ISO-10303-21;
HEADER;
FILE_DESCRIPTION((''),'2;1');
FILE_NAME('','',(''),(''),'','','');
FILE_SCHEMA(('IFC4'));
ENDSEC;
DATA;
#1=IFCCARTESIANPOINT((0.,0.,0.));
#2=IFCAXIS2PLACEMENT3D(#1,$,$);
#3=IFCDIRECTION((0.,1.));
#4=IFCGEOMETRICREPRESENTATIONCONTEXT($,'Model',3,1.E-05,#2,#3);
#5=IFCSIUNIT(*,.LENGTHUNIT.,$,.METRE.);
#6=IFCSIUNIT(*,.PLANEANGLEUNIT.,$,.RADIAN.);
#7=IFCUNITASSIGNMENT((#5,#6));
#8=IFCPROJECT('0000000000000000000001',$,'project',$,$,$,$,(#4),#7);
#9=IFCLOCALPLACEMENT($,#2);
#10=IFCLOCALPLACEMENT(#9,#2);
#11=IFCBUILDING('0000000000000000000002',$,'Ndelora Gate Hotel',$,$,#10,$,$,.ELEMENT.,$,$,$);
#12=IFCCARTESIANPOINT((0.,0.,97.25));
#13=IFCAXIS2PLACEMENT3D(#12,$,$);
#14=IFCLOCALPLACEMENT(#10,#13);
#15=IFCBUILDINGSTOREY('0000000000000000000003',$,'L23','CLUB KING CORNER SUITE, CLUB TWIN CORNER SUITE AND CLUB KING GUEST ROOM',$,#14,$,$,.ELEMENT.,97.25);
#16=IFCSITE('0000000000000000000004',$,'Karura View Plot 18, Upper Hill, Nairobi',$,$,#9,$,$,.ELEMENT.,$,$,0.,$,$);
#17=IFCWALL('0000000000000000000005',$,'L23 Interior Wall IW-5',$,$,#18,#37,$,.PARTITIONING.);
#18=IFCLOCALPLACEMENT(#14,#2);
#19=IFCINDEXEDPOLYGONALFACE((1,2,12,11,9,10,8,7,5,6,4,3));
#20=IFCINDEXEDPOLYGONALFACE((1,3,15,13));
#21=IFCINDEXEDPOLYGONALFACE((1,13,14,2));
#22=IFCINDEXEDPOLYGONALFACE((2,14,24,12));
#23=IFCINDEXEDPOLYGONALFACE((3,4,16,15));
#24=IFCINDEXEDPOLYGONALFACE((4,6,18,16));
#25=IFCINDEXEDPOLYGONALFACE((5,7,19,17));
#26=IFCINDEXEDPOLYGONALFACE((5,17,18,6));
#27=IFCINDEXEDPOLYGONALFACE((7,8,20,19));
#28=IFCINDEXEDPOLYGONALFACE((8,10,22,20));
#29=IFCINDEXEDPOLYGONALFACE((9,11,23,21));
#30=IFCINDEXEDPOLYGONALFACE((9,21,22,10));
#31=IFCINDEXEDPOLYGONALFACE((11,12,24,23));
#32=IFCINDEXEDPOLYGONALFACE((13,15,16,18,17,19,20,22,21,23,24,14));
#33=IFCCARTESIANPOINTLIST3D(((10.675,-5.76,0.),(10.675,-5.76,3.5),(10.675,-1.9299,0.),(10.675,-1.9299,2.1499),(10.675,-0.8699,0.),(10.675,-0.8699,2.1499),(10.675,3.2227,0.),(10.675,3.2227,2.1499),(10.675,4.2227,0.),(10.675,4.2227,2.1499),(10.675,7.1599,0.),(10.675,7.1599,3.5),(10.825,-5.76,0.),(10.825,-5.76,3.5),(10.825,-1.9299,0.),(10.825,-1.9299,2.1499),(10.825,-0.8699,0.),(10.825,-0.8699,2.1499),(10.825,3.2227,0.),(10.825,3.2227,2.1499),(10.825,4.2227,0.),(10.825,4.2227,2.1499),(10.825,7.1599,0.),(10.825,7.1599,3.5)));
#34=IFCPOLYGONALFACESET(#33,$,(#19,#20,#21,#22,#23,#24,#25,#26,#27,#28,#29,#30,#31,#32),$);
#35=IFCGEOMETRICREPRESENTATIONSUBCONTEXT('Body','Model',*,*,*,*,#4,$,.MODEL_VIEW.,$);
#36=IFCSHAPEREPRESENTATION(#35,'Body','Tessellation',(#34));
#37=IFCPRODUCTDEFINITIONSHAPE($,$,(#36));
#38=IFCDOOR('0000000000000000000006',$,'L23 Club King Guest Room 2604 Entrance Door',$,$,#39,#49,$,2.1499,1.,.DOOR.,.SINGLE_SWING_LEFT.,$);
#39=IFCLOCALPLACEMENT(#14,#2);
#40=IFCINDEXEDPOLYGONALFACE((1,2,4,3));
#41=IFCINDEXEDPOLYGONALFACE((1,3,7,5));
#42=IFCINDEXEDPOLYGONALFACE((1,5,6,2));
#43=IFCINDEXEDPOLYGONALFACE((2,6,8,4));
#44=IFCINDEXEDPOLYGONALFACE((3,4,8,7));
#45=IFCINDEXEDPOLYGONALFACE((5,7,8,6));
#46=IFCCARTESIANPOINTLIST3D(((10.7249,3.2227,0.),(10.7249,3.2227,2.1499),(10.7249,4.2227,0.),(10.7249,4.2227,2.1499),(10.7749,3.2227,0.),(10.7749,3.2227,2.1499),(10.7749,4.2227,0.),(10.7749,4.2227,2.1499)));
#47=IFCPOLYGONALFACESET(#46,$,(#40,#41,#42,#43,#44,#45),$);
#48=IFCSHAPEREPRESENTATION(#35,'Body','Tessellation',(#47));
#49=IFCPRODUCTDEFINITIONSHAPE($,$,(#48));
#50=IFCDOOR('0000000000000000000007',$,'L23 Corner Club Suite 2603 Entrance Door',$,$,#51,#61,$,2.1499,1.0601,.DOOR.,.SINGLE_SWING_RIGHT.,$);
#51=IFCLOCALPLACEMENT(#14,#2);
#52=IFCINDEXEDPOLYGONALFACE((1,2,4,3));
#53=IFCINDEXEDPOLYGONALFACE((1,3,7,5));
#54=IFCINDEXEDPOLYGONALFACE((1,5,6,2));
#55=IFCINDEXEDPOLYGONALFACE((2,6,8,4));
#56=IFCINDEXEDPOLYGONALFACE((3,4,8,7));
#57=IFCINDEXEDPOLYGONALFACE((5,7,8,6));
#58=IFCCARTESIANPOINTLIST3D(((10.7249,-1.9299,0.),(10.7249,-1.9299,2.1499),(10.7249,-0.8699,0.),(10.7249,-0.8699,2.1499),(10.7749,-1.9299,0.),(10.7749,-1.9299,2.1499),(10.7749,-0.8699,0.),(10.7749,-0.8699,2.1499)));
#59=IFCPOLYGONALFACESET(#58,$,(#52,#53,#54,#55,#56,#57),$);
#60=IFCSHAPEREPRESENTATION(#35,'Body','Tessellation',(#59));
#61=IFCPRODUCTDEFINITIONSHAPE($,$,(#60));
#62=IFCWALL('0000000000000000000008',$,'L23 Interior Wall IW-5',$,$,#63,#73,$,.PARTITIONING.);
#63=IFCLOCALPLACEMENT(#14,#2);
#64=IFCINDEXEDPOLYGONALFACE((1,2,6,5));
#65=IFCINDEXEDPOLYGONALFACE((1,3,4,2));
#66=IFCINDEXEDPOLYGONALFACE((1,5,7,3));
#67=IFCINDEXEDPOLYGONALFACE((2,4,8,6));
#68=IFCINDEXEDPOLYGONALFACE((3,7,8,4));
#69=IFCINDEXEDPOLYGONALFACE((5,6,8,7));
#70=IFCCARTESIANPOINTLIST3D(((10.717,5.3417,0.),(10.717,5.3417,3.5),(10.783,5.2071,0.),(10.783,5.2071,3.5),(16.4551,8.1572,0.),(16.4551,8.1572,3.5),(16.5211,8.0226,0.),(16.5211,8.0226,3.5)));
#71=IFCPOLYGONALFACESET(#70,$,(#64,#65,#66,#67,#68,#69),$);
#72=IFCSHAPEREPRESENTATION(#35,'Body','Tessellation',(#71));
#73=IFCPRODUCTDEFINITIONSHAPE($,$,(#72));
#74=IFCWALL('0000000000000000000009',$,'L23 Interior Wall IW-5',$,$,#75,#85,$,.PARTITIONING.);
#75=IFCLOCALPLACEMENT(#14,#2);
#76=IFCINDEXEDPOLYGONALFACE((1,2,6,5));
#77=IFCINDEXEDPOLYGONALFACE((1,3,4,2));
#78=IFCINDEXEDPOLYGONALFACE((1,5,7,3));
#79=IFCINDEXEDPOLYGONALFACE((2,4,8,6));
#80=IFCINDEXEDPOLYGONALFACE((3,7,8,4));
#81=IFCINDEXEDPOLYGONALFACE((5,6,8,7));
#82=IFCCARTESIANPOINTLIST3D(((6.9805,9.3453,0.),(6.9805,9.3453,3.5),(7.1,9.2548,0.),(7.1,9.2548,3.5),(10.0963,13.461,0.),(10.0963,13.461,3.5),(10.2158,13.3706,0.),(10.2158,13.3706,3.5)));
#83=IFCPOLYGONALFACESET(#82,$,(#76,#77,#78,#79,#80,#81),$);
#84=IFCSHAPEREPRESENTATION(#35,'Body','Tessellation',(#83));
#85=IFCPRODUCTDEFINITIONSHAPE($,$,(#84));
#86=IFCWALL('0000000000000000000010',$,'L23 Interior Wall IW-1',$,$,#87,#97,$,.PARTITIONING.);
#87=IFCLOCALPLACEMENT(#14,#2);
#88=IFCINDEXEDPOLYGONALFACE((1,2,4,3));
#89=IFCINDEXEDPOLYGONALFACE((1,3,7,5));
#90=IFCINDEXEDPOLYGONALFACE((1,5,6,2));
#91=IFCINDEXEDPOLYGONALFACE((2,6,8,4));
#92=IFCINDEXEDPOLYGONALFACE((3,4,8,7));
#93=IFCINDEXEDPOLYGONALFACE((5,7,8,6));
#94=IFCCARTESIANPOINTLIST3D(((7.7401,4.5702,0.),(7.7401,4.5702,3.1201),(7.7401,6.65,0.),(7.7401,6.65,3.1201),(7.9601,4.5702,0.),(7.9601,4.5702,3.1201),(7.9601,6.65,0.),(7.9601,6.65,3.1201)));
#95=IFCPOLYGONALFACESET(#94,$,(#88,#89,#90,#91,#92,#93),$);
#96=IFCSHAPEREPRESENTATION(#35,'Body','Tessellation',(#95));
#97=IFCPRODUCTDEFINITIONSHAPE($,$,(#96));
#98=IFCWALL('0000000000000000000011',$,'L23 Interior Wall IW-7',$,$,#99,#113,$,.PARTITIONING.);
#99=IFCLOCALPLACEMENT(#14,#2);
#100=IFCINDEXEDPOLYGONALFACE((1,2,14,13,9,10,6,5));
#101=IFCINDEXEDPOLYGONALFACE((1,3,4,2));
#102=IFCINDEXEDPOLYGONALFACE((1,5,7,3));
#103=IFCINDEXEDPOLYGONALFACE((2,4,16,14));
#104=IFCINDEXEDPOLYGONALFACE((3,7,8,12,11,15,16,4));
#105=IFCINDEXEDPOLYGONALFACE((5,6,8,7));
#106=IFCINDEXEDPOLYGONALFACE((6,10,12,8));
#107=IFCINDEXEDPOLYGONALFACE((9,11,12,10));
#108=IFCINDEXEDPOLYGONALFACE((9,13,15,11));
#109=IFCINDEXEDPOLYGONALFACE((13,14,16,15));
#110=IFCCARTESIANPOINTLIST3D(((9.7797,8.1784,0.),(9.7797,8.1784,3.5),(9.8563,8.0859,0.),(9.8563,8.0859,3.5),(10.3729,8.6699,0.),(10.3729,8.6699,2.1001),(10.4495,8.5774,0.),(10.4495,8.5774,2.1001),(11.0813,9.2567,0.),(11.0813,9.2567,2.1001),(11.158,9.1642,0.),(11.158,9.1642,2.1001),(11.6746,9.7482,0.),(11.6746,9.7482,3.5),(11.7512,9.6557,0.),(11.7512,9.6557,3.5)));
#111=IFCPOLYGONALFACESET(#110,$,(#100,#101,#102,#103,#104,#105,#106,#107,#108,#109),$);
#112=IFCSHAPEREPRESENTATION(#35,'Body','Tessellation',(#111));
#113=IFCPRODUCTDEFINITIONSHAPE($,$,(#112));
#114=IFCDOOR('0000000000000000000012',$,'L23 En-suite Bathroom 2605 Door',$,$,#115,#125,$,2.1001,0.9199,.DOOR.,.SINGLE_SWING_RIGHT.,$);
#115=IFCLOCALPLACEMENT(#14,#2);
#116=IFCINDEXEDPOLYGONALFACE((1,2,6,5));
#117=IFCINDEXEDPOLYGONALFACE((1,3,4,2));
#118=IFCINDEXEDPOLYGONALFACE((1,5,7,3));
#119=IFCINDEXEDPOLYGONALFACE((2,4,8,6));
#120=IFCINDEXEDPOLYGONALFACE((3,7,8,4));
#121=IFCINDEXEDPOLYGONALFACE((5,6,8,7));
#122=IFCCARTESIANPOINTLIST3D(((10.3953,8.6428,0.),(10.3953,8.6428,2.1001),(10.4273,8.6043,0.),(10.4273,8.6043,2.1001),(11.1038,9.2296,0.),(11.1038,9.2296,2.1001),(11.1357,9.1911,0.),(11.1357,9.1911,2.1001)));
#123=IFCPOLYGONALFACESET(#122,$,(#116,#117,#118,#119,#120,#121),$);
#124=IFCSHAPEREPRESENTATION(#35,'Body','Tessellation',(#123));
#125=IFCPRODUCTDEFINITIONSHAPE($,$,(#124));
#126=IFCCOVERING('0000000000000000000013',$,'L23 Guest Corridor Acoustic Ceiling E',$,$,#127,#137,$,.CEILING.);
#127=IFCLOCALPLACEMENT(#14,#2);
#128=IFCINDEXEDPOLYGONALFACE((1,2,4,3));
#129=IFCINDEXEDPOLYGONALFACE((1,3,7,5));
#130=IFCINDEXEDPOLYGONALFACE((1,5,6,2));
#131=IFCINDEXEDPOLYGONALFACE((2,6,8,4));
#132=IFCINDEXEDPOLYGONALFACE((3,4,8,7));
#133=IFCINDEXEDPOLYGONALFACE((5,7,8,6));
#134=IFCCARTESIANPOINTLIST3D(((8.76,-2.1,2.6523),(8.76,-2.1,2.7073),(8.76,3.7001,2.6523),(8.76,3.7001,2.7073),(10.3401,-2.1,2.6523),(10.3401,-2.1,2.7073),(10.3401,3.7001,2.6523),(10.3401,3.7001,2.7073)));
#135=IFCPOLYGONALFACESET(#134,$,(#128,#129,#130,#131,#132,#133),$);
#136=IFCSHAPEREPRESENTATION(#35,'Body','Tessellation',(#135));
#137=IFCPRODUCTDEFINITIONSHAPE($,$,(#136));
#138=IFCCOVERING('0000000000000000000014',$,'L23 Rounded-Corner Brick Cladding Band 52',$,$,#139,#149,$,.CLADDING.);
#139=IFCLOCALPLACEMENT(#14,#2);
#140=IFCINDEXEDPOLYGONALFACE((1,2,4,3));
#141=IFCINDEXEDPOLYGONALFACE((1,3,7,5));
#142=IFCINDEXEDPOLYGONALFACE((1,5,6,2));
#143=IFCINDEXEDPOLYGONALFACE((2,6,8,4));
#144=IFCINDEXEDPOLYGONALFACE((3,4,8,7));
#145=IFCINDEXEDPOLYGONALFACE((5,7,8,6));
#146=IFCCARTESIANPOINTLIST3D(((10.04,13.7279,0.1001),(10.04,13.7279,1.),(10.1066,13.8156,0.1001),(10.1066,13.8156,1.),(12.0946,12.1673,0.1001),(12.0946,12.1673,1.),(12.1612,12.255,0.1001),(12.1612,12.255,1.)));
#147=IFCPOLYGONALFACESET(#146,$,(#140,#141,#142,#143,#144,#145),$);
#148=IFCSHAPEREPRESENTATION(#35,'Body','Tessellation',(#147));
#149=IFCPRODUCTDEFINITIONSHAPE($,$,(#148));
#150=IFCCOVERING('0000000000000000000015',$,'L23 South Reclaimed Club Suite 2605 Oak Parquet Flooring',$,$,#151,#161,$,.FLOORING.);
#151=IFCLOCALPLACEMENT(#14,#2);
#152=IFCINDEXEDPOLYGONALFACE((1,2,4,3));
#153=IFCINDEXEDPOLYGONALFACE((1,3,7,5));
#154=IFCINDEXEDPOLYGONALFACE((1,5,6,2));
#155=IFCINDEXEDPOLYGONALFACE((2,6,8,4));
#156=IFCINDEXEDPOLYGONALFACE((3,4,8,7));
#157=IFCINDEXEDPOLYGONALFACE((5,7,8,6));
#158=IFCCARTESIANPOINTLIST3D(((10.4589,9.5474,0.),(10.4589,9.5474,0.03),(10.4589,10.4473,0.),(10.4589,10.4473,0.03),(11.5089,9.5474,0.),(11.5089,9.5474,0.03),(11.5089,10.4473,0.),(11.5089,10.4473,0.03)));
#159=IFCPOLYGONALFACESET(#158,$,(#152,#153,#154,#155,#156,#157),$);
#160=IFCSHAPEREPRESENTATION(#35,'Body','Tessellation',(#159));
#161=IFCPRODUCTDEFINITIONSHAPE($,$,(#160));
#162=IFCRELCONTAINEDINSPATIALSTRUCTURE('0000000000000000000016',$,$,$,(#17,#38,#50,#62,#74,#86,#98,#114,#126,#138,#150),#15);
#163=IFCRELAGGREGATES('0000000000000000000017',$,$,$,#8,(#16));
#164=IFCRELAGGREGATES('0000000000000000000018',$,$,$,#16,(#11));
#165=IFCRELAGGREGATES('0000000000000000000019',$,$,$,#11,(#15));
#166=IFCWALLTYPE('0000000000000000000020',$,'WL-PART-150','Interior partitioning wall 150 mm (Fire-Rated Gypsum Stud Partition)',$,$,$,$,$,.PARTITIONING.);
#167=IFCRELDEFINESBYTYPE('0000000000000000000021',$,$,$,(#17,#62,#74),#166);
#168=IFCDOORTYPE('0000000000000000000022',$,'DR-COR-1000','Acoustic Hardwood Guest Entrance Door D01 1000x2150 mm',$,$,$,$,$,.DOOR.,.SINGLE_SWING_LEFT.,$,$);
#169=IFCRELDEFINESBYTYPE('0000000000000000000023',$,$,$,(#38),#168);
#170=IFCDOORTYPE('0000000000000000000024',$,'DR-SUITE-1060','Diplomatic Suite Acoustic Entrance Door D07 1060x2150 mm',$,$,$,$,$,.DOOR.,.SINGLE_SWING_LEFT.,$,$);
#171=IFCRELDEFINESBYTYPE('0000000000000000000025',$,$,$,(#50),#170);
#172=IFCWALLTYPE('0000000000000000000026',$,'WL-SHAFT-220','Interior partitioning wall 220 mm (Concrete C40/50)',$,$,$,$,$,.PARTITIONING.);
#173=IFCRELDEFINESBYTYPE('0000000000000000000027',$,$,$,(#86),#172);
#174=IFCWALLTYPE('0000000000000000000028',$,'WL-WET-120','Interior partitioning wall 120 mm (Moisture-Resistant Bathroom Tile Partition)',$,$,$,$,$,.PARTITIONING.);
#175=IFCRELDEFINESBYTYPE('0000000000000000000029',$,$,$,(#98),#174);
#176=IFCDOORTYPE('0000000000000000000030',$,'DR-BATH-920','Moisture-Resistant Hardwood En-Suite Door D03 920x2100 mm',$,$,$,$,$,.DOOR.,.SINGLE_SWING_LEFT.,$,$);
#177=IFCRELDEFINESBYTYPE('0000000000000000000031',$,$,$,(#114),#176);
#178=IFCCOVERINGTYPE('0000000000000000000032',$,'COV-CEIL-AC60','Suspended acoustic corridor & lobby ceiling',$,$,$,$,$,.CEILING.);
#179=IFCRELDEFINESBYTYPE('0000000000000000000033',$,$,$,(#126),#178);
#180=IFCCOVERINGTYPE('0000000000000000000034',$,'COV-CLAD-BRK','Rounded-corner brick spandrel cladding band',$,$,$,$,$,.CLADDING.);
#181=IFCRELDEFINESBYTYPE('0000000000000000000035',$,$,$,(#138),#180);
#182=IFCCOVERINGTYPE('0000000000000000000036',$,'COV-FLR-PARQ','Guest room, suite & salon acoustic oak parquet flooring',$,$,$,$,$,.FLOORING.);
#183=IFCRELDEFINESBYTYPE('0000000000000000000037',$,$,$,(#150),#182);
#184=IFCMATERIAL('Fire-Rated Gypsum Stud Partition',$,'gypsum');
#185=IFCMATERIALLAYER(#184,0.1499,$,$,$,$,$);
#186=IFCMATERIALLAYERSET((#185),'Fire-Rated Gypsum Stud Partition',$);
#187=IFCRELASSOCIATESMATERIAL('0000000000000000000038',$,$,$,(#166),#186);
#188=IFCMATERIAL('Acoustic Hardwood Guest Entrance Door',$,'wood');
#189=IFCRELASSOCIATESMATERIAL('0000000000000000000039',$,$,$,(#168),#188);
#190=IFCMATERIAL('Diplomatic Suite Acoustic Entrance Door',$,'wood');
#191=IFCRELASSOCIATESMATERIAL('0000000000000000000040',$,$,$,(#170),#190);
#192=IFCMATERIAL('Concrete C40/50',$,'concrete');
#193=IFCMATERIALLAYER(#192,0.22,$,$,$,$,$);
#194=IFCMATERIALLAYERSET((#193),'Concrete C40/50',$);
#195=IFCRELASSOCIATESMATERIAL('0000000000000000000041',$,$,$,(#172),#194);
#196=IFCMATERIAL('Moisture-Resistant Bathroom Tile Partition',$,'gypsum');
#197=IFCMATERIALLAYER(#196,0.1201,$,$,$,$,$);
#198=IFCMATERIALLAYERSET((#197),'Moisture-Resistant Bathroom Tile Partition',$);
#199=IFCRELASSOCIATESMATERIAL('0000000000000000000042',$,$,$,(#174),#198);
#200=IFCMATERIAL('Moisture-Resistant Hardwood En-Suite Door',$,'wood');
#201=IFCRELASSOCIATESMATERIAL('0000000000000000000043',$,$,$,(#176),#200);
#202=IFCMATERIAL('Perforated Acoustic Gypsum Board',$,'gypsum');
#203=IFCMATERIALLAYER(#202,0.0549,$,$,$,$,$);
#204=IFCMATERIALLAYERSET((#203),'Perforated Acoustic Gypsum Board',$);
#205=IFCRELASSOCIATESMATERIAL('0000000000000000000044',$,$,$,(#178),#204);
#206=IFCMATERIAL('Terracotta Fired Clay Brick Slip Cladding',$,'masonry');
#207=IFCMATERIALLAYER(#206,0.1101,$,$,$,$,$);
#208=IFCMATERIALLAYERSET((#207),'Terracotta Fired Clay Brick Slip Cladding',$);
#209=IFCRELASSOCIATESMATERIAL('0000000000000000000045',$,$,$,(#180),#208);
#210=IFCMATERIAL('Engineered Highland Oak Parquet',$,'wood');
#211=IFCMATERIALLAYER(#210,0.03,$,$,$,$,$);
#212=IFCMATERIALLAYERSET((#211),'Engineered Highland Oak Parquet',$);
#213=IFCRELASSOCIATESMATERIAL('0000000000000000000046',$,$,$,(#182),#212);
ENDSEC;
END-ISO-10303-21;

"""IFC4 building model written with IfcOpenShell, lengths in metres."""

from ifc_helpers import new_model, si_unit, direction, frame, frame_2d, origin, origin_2d, place, context, subcontext, project, spatial, rectangle, extrude, material, layer, layer_set, type_object, element, fill, save


model = new_model("IFC4")

# Units and contexts
model_context = context("Model", 3, precision=1e-05, world=origin(), true_north=direction((0.0, 1.0)))
body_context = subcontext(model_context, "Body", "Model", "MODEL_VIEW")
ifc_project = project(units=[si_unit("LENGTHUNIT", "METRE"), si_unit("PLANEANGLEUNIT", "RADIAN")], contexts=[model_context])

# Site, building, storey
site_placement = place(None, origin())
site = spatial("IfcSite", under=ifc_project, at=site_placement, Name="Karura View Plot 18, Upper Hill, Nairobi", CompositionType="ELEMENT", RefElevation=0.0)
building_placement = place(site_placement, origin())
building = spatial("IfcBuilding", under=site, at=building_placement, Name="Ndelora Gate Hotel", CompositionType="ELEMENT")
storey_placement = place(building_placement, frame((0.0, 0.0, 97.25)))
storey = spatial("IfcBuildingStorey", under=building, at=storey_placement, Name="L23", Description="CLUB KING CORNER SUITE, CLUB TWIN CORNER SUITE AND CLUB KING GUEST ROOM", CompositionType="ELEMENT", Elevation=97.25)

# Shared definitions
ifc_material_1 = material(Name="Concrete C40/50", Category="concrete")

# Wall, openings, doors
ifc_material_2 = material(Name="Fire-Rated Gypsum Stud Partition", Category="gypsum")
ifc_layer_1 = layer(ifc_material_2, 0.1499)
ifc_layer_set_1 = layer_set([ifc_layer_1], Name="Fire-Rated Gypsum Stud Partition")
wall_type_1 = type_object("IfcWallType", Name="WL-PART-150", Description="Interior partitioning wall 150 mm (Fire-Rated Gypsum Stud Partition)", PredefinedType="PARTITIONING", material=ifc_layer_set_1)
wall_1_placement = place(storey_placement, frame((10.75, 7.1599, 0.0), z_axis=(0.0, 0.0, 1.0), x_axis=(0.0, -1.0, 0.0)))
wall_1 = element("IfcWall", 1, at=wall_1_placement, inside=storey, type_object=wall_type_1, Name="L23 Interior Wall IW-5", PredefinedType="PARTITIONING", context=body_context, shape_type="SweptSolid", body=[
    extrude(rectangle(XDim=12.9199, YDim=0.1499, at=frame_2d((6.46, 0.0))), origin(), (0.0, 0.0, 1.0), 3.5),
])
opening_1_placement = place(wall_1_placement, frame((2.9373, 0.0, 0.0)))
opening_1 = element("IfcOpeningElement", 2, at=opening_1_placement, cuts=wall_1, PredefinedType="OPENING", context=body_context, shape_type="SweptSolid", body=[
    extrude(rectangle(XDim=1.0, YDim=2.1499, at=frame_2d((0.5, 1.075))), frame((0.0, 0.085, 0.0), z_axis=(0.0, -1.0, 0.0), x_axis=(1.0, 0.0, 0.0)), (0.0, 0.0, 1.0), 0.1699),
])
opening_2_placement = place(wall_1_placement, frame((8.0298, 0.0, 0.0)))
opening_2 = element("IfcOpeningElement", 3, at=opening_2_placement, cuts=wall_1, PredefinedType="OPENING", context=body_context, shape_type="SweptSolid", body=[
    extrude(rectangle(XDim=1.0601, YDim=2.1499, at=frame_2d((0.53, 1.075))), frame((0.0, 0.085, 0.0), z_axis=(0.0, -1.0, 0.0), x_axis=(1.0, 0.0, 0.0)), (0.0, 0.0, 1.0), 0.1699),
])
ifc_material_3 = material(Name="Acoustic Hardwood Guest Entrance Door", Category="wood")
door_type_1 = type_object("IfcDoorType", Name="DR-COR-1000", Description="Acoustic Hardwood Guest Entrance Door D01 1000x2150 mm", OperationType="SINGLE_SWING_LEFT", PredefinedType="DOOR", material=ifc_material_3)
door_1_placement = place(opening_1_placement, origin())
door_1 = element("IfcDoor", 4, at=door_1_placement, inside=storey, type_object=door_type_1, Name="L23 Club King Guest Room 2604 Entrance Door", OperationType="SINGLE_SWING_LEFT", OverallHeight=2.1499, OverallWidth=1.0, PredefinedType="DOOR", context=body_context, shape_type="SweptSolid", body=[
    extrude(rectangle(XDim=1.0, YDim=2.1499, at=frame_2d((0.5, 1.075))), frame((0.0, 0.0249, 0.0), z_axis=(0.0, -1.0, 0.0), x_axis=(1.0, 0.0, 0.0)), (0.0, 0.0, 1.0), 0.05),
])
fill(opening_1, door_1)
ifc_material_4 = material(Name="Diplomatic Suite Acoustic Entrance Door", Category="wood")
door_type_2 = type_object("IfcDoorType", Name="DR-SUITE-1060", Description="Diplomatic Suite Acoustic Entrance Door D07 1060x2150 mm", OperationType="SINGLE_SWING_LEFT", PredefinedType="DOOR", material=ifc_material_4)
door_2_placement = place(opening_2_placement, origin())
door_2 = element("IfcDoor", 5, at=door_2_placement, inside=storey, type_object=door_type_2, Name="L23 Corner Club Suite 2603 Entrance Door", OperationType="SINGLE_SWING_RIGHT", OverallHeight=2.1499, OverallWidth=1.0601, PredefinedType="DOOR", context=body_context, shape_type="SweptSolid", body=[
    extrude(rectangle(XDim=1.0601, YDim=2.1499, at=frame_2d((0.53, 1.075))), frame((0.0, 0.0249, 0.0), z_axis=(0.0, -1.0, 0.0), x_axis=(1.0, 0.0, 0.0)), (0.0, 0.0, 1.0), 0.05),
])
fill(opening_2, door_2)

# Walls
wall_2_placement = place(storey_placement, frame((10.75, 5.2744, 0.0), z_axis=(0.0, 0.0, 1.0), x_axis=(0.897756, 0.440494, 0.0)))
element("IfcWall", 6, at=wall_2_placement, inside=storey, type_object=wall_type_1, Name="L23 Interior Wall IW-5", PredefinedType="PARTITIONING", context=body_context, shape_type="SweptSolid", body=[
    extrude(rectangle(XDim=6.3916, YDim=0.1499, at=frame_2d((3.1958, 0.0))), origin(), (0.0, 0.0, 1.0), 3.5),
])
wall_3_placement = place(storey_placement, frame((7.0403, 9.3, 0.0), z_axis=(0.0, 0.0, 1.0), x_axis=(0.603581, 0.797302, 0.0)))
element("IfcWall", 7, at=wall_3_placement, inside=storey, type_object=wall_type_1, Name="L23 Interior Wall IW-5", PredefinedType="PARTITIONING", context=body_context, shape_type="SweptSolid", body=[
    extrude(rectangle(XDim=5.1621, YDim=0.1499, at=frame_2d((2.5811, 0.0))), origin(), (0.0, 0.0, 1.0), 3.5),
])
ifc_layer_2 = layer(ifc_material_1, 0.22)
ifc_layer_set_2 = layer_set([ifc_layer_2], Name="Concrete C40/50")
wall_type_2 = type_object("IfcWallType", Name="WL-SHAFT-220", Description="Interior partitioning wall 220 mm (Concrete C40/50)", PredefinedType="PARTITIONING", material=ifc_layer_set_2)
wall_4_placement = place(storey_placement, frame((7.8501, 4.5701, 0.0), z_axis=(0.0, 0.0, 1.0), x_axis=(0.0, 1.0, 0.0)))
element("IfcWall", 8, at=wall_4_placement, inside=storey, type_object=wall_type_2, Name="L23 Interior Wall IW-1", PredefinedType="PARTITIONING", context=body_context, shape_type="SweptSolid", body=[
    extrude(rectangle(XDim=2.0798, YDim=0.22, at=frame_2d((1.04, 0.0))), origin(), (0.0, 0.0, 1.0), 3.1201),
])

# Wall, opening, door
ifc_material_5 = material(Name="Moisture-Resistant Bathroom Tile Partition", Category="gypsum")
ifc_layer_3 = layer(ifc_material_5, 0.1201)
ifc_layer_set_3 = layer_set([ifc_layer_3], Name="Moisture-Resistant Bathroom Tile Partition")
wall_type_3 = type_object("IfcWallType", Name="WL-WET-120", Description="Interior partitioning wall 120 mm (Moisture-Resistant Bathroom Tile Partition)", PredefinedType="PARTITIONING", material=ifc_layer_set_3)
wall_5_placement = place(storey_placement, frame((9.8179, 8.1321, 0.0), z_axis=(0.0, 0.0, 1.0), x_axis=(0.770088, 0.637937, 0.0)))
wall_5 = element("IfcWall", 9, at=wall_5_placement, inside=storey, type_object=wall_type_3, Name="L23 Interior Wall IW-7", PredefinedType="PARTITIONING", context=body_context, shape_type="SweptSolid", body=[
    extrude(rectangle(XDim=2.4607, YDim=0.1201, at=frame_2d((1.2305, 0.0))), origin(), (0.0, 0.0, 1.0), 3.5),
])
opening_3_placement = place(wall_5_placement, frame((0.7705, 0.0, 0.0)))
opening_3 = element("IfcOpeningElement", 10, at=opening_3_placement, cuts=wall_5, PredefinedType="OPENING", context=body_context, shape_type="SweptSolid", body=[
    extrude(rectangle(XDim=0.9199, YDim=2.1001, at=frame_2d((0.46, 1.05))), frame((0.0, 0.0701, 0.0), z_axis=(0.0, -1.0, 0.0), x_axis=(1.0, 0.0, 0.0)), (0.0, 0.0, 1.0), 0.1401),
])
ifc_material_6 = material(Name="Moisture-Resistant Hardwood En-Suite Door", Category="wood")
door_type_3 = type_object("IfcDoorType", Name="DR-BATH-920", Description="Moisture-Resistant Hardwood En-Suite Door D03 920x2100 mm", OperationType="SINGLE_SWING_LEFT", PredefinedType="DOOR", material=ifc_material_6)
door_3_placement = place(opening_3_placement, origin())
door_3 = element("IfcDoor", 11, at=door_3_placement, inside=storey, type_object=door_type_3, Name="L23 En-suite Bathroom 2605 Door", OperationType="SINGLE_SWING_RIGHT", OverallHeight=2.1001, OverallWidth=0.9199, PredefinedType="DOOR", context=body_context, shape_type="SweptSolid", body=[
    extrude(rectangle(XDim=0.9199, YDim=2.1001, at=frame_2d((0.46, 1.05))), frame((0.0, 0.0249, 0.0), z_axis=(0.0, -1.0, 0.0), x_axis=(1.0, 0.0, 0.0)), (0.0, 0.0, 1.0), 0.05),
])
fill(opening_3, door_3)

# Coverings
ifc_material_7 = material(Name="Perforated Acoustic Gypsum Board", Category="gypsum")
ifc_layer_4 = layer(ifc_material_7, 0.0549)
ifc_layer_set_4 = layer_set([ifc_layer_4], Name="Perforated Acoustic Gypsum Board")
covering_type_1 = type_object("IfcCoveringType", Name="COV-CEIL-AC60", Description="Suspended acoustic corridor & lobby ceiling", PredefinedType="CEILING", material=ifc_layer_set_4)
covering_1_placement = place(storey_placement, frame((9.55, 0.8, 2.6523), z_axis=(0.0, 0.0, 1.0), x_axis=(1.0, 0.0, 0.0)))
element("IfcCovering", 12, at=covering_1_placement, inside=storey, type_object=covering_type_1, Name="L23 Guest Corridor Acoustic Ceiling E", PredefinedType="CEILING", context=body_context, shape_type="SweptSolid", body=[
    extrude(rectangle(XDim=1.5801, YDim=5.8, at=origin_2d()), origin(), (0.0, 0.0, 1.0), 0.0549),
])
ifc_material_8 = material(Name="Terracotta Fired Clay Brick Slip Cladding", Category="masonry")
ifc_layer_5 = layer(ifc_material_8, 0.1101)
ifc_layer_set_5 = layer_set([ifc_layer_5], Name="Terracotta Fired Clay Brick Slip Cladding")
covering_type_2 = type_object("IfcCoveringType", Name="COV-CLAD-BRK", Description="Rounded-corner brick spandrel cladding band", PredefinedType="CLADDING", material=ifc_layer_set_5)
covering_2_placement = place(storey_placement, frame((11.1006, 12.9915, 0.1001), z_axis=(0.0, 0.0, 1.0), x_axis=(-0.796319, 0.604877, 0.0)))
element("IfcCovering", 13, at=covering_2_placement, inside=storey, type_object=covering_type_2, Name="L23 Rounded-Corner Brick Cladding Band 52", PredefinedType="CLADDING", context=body_context, shape_type="SweptSolid", body=[
    extrude(rectangle(XDim=2.5801, YDim=0.1101, at=origin_2d()), origin(), (0.0, 0.0, 1.0), 0.8999),
])
ifc_material_9 = material(Name="Engineered Highland Oak Parquet", Category="wood")
ifc_layer_6 = layer(ifc_material_9, 0.03)
ifc_layer_set_6 = layer_set([ifc_layer_6], Name="Engineered Highland Oak Parquet")
covering_type_3 = type_object("IfcCoveringType", Name="COV-FLR-PARQ", Description="Guest room, suite & salon acoustic oak parquet flooring", PredefinedType="FLOORING", material=ifc_layer_set_6)
for number, where, z_axis, x_axis, name in (
    (14, (10.9839, 9.9973, 0.0), (0.0, 0.0, 1.0), (1.0, 0.0, 0.0), "L23 South Reclaimed Club Suite 2605 Oak Parquet Flooring"),
):
    element("IfcCovering", number, at=place(storey_placement, frame(where, z_axis=z_axis, x_axis=x_axis)), inside=storey, type_object=covering_type_3, Name=name, PredefinedType="FLOORING", context=body_context, shape_type="SweptSolid", body=[
        extrude(rectangle(XDim=1.05, YDim=0.8999, at=origin_2d()), origin(), (0.0, 0.0, 1.0), 0.03),
    ])

save(model, "model.ifc")
